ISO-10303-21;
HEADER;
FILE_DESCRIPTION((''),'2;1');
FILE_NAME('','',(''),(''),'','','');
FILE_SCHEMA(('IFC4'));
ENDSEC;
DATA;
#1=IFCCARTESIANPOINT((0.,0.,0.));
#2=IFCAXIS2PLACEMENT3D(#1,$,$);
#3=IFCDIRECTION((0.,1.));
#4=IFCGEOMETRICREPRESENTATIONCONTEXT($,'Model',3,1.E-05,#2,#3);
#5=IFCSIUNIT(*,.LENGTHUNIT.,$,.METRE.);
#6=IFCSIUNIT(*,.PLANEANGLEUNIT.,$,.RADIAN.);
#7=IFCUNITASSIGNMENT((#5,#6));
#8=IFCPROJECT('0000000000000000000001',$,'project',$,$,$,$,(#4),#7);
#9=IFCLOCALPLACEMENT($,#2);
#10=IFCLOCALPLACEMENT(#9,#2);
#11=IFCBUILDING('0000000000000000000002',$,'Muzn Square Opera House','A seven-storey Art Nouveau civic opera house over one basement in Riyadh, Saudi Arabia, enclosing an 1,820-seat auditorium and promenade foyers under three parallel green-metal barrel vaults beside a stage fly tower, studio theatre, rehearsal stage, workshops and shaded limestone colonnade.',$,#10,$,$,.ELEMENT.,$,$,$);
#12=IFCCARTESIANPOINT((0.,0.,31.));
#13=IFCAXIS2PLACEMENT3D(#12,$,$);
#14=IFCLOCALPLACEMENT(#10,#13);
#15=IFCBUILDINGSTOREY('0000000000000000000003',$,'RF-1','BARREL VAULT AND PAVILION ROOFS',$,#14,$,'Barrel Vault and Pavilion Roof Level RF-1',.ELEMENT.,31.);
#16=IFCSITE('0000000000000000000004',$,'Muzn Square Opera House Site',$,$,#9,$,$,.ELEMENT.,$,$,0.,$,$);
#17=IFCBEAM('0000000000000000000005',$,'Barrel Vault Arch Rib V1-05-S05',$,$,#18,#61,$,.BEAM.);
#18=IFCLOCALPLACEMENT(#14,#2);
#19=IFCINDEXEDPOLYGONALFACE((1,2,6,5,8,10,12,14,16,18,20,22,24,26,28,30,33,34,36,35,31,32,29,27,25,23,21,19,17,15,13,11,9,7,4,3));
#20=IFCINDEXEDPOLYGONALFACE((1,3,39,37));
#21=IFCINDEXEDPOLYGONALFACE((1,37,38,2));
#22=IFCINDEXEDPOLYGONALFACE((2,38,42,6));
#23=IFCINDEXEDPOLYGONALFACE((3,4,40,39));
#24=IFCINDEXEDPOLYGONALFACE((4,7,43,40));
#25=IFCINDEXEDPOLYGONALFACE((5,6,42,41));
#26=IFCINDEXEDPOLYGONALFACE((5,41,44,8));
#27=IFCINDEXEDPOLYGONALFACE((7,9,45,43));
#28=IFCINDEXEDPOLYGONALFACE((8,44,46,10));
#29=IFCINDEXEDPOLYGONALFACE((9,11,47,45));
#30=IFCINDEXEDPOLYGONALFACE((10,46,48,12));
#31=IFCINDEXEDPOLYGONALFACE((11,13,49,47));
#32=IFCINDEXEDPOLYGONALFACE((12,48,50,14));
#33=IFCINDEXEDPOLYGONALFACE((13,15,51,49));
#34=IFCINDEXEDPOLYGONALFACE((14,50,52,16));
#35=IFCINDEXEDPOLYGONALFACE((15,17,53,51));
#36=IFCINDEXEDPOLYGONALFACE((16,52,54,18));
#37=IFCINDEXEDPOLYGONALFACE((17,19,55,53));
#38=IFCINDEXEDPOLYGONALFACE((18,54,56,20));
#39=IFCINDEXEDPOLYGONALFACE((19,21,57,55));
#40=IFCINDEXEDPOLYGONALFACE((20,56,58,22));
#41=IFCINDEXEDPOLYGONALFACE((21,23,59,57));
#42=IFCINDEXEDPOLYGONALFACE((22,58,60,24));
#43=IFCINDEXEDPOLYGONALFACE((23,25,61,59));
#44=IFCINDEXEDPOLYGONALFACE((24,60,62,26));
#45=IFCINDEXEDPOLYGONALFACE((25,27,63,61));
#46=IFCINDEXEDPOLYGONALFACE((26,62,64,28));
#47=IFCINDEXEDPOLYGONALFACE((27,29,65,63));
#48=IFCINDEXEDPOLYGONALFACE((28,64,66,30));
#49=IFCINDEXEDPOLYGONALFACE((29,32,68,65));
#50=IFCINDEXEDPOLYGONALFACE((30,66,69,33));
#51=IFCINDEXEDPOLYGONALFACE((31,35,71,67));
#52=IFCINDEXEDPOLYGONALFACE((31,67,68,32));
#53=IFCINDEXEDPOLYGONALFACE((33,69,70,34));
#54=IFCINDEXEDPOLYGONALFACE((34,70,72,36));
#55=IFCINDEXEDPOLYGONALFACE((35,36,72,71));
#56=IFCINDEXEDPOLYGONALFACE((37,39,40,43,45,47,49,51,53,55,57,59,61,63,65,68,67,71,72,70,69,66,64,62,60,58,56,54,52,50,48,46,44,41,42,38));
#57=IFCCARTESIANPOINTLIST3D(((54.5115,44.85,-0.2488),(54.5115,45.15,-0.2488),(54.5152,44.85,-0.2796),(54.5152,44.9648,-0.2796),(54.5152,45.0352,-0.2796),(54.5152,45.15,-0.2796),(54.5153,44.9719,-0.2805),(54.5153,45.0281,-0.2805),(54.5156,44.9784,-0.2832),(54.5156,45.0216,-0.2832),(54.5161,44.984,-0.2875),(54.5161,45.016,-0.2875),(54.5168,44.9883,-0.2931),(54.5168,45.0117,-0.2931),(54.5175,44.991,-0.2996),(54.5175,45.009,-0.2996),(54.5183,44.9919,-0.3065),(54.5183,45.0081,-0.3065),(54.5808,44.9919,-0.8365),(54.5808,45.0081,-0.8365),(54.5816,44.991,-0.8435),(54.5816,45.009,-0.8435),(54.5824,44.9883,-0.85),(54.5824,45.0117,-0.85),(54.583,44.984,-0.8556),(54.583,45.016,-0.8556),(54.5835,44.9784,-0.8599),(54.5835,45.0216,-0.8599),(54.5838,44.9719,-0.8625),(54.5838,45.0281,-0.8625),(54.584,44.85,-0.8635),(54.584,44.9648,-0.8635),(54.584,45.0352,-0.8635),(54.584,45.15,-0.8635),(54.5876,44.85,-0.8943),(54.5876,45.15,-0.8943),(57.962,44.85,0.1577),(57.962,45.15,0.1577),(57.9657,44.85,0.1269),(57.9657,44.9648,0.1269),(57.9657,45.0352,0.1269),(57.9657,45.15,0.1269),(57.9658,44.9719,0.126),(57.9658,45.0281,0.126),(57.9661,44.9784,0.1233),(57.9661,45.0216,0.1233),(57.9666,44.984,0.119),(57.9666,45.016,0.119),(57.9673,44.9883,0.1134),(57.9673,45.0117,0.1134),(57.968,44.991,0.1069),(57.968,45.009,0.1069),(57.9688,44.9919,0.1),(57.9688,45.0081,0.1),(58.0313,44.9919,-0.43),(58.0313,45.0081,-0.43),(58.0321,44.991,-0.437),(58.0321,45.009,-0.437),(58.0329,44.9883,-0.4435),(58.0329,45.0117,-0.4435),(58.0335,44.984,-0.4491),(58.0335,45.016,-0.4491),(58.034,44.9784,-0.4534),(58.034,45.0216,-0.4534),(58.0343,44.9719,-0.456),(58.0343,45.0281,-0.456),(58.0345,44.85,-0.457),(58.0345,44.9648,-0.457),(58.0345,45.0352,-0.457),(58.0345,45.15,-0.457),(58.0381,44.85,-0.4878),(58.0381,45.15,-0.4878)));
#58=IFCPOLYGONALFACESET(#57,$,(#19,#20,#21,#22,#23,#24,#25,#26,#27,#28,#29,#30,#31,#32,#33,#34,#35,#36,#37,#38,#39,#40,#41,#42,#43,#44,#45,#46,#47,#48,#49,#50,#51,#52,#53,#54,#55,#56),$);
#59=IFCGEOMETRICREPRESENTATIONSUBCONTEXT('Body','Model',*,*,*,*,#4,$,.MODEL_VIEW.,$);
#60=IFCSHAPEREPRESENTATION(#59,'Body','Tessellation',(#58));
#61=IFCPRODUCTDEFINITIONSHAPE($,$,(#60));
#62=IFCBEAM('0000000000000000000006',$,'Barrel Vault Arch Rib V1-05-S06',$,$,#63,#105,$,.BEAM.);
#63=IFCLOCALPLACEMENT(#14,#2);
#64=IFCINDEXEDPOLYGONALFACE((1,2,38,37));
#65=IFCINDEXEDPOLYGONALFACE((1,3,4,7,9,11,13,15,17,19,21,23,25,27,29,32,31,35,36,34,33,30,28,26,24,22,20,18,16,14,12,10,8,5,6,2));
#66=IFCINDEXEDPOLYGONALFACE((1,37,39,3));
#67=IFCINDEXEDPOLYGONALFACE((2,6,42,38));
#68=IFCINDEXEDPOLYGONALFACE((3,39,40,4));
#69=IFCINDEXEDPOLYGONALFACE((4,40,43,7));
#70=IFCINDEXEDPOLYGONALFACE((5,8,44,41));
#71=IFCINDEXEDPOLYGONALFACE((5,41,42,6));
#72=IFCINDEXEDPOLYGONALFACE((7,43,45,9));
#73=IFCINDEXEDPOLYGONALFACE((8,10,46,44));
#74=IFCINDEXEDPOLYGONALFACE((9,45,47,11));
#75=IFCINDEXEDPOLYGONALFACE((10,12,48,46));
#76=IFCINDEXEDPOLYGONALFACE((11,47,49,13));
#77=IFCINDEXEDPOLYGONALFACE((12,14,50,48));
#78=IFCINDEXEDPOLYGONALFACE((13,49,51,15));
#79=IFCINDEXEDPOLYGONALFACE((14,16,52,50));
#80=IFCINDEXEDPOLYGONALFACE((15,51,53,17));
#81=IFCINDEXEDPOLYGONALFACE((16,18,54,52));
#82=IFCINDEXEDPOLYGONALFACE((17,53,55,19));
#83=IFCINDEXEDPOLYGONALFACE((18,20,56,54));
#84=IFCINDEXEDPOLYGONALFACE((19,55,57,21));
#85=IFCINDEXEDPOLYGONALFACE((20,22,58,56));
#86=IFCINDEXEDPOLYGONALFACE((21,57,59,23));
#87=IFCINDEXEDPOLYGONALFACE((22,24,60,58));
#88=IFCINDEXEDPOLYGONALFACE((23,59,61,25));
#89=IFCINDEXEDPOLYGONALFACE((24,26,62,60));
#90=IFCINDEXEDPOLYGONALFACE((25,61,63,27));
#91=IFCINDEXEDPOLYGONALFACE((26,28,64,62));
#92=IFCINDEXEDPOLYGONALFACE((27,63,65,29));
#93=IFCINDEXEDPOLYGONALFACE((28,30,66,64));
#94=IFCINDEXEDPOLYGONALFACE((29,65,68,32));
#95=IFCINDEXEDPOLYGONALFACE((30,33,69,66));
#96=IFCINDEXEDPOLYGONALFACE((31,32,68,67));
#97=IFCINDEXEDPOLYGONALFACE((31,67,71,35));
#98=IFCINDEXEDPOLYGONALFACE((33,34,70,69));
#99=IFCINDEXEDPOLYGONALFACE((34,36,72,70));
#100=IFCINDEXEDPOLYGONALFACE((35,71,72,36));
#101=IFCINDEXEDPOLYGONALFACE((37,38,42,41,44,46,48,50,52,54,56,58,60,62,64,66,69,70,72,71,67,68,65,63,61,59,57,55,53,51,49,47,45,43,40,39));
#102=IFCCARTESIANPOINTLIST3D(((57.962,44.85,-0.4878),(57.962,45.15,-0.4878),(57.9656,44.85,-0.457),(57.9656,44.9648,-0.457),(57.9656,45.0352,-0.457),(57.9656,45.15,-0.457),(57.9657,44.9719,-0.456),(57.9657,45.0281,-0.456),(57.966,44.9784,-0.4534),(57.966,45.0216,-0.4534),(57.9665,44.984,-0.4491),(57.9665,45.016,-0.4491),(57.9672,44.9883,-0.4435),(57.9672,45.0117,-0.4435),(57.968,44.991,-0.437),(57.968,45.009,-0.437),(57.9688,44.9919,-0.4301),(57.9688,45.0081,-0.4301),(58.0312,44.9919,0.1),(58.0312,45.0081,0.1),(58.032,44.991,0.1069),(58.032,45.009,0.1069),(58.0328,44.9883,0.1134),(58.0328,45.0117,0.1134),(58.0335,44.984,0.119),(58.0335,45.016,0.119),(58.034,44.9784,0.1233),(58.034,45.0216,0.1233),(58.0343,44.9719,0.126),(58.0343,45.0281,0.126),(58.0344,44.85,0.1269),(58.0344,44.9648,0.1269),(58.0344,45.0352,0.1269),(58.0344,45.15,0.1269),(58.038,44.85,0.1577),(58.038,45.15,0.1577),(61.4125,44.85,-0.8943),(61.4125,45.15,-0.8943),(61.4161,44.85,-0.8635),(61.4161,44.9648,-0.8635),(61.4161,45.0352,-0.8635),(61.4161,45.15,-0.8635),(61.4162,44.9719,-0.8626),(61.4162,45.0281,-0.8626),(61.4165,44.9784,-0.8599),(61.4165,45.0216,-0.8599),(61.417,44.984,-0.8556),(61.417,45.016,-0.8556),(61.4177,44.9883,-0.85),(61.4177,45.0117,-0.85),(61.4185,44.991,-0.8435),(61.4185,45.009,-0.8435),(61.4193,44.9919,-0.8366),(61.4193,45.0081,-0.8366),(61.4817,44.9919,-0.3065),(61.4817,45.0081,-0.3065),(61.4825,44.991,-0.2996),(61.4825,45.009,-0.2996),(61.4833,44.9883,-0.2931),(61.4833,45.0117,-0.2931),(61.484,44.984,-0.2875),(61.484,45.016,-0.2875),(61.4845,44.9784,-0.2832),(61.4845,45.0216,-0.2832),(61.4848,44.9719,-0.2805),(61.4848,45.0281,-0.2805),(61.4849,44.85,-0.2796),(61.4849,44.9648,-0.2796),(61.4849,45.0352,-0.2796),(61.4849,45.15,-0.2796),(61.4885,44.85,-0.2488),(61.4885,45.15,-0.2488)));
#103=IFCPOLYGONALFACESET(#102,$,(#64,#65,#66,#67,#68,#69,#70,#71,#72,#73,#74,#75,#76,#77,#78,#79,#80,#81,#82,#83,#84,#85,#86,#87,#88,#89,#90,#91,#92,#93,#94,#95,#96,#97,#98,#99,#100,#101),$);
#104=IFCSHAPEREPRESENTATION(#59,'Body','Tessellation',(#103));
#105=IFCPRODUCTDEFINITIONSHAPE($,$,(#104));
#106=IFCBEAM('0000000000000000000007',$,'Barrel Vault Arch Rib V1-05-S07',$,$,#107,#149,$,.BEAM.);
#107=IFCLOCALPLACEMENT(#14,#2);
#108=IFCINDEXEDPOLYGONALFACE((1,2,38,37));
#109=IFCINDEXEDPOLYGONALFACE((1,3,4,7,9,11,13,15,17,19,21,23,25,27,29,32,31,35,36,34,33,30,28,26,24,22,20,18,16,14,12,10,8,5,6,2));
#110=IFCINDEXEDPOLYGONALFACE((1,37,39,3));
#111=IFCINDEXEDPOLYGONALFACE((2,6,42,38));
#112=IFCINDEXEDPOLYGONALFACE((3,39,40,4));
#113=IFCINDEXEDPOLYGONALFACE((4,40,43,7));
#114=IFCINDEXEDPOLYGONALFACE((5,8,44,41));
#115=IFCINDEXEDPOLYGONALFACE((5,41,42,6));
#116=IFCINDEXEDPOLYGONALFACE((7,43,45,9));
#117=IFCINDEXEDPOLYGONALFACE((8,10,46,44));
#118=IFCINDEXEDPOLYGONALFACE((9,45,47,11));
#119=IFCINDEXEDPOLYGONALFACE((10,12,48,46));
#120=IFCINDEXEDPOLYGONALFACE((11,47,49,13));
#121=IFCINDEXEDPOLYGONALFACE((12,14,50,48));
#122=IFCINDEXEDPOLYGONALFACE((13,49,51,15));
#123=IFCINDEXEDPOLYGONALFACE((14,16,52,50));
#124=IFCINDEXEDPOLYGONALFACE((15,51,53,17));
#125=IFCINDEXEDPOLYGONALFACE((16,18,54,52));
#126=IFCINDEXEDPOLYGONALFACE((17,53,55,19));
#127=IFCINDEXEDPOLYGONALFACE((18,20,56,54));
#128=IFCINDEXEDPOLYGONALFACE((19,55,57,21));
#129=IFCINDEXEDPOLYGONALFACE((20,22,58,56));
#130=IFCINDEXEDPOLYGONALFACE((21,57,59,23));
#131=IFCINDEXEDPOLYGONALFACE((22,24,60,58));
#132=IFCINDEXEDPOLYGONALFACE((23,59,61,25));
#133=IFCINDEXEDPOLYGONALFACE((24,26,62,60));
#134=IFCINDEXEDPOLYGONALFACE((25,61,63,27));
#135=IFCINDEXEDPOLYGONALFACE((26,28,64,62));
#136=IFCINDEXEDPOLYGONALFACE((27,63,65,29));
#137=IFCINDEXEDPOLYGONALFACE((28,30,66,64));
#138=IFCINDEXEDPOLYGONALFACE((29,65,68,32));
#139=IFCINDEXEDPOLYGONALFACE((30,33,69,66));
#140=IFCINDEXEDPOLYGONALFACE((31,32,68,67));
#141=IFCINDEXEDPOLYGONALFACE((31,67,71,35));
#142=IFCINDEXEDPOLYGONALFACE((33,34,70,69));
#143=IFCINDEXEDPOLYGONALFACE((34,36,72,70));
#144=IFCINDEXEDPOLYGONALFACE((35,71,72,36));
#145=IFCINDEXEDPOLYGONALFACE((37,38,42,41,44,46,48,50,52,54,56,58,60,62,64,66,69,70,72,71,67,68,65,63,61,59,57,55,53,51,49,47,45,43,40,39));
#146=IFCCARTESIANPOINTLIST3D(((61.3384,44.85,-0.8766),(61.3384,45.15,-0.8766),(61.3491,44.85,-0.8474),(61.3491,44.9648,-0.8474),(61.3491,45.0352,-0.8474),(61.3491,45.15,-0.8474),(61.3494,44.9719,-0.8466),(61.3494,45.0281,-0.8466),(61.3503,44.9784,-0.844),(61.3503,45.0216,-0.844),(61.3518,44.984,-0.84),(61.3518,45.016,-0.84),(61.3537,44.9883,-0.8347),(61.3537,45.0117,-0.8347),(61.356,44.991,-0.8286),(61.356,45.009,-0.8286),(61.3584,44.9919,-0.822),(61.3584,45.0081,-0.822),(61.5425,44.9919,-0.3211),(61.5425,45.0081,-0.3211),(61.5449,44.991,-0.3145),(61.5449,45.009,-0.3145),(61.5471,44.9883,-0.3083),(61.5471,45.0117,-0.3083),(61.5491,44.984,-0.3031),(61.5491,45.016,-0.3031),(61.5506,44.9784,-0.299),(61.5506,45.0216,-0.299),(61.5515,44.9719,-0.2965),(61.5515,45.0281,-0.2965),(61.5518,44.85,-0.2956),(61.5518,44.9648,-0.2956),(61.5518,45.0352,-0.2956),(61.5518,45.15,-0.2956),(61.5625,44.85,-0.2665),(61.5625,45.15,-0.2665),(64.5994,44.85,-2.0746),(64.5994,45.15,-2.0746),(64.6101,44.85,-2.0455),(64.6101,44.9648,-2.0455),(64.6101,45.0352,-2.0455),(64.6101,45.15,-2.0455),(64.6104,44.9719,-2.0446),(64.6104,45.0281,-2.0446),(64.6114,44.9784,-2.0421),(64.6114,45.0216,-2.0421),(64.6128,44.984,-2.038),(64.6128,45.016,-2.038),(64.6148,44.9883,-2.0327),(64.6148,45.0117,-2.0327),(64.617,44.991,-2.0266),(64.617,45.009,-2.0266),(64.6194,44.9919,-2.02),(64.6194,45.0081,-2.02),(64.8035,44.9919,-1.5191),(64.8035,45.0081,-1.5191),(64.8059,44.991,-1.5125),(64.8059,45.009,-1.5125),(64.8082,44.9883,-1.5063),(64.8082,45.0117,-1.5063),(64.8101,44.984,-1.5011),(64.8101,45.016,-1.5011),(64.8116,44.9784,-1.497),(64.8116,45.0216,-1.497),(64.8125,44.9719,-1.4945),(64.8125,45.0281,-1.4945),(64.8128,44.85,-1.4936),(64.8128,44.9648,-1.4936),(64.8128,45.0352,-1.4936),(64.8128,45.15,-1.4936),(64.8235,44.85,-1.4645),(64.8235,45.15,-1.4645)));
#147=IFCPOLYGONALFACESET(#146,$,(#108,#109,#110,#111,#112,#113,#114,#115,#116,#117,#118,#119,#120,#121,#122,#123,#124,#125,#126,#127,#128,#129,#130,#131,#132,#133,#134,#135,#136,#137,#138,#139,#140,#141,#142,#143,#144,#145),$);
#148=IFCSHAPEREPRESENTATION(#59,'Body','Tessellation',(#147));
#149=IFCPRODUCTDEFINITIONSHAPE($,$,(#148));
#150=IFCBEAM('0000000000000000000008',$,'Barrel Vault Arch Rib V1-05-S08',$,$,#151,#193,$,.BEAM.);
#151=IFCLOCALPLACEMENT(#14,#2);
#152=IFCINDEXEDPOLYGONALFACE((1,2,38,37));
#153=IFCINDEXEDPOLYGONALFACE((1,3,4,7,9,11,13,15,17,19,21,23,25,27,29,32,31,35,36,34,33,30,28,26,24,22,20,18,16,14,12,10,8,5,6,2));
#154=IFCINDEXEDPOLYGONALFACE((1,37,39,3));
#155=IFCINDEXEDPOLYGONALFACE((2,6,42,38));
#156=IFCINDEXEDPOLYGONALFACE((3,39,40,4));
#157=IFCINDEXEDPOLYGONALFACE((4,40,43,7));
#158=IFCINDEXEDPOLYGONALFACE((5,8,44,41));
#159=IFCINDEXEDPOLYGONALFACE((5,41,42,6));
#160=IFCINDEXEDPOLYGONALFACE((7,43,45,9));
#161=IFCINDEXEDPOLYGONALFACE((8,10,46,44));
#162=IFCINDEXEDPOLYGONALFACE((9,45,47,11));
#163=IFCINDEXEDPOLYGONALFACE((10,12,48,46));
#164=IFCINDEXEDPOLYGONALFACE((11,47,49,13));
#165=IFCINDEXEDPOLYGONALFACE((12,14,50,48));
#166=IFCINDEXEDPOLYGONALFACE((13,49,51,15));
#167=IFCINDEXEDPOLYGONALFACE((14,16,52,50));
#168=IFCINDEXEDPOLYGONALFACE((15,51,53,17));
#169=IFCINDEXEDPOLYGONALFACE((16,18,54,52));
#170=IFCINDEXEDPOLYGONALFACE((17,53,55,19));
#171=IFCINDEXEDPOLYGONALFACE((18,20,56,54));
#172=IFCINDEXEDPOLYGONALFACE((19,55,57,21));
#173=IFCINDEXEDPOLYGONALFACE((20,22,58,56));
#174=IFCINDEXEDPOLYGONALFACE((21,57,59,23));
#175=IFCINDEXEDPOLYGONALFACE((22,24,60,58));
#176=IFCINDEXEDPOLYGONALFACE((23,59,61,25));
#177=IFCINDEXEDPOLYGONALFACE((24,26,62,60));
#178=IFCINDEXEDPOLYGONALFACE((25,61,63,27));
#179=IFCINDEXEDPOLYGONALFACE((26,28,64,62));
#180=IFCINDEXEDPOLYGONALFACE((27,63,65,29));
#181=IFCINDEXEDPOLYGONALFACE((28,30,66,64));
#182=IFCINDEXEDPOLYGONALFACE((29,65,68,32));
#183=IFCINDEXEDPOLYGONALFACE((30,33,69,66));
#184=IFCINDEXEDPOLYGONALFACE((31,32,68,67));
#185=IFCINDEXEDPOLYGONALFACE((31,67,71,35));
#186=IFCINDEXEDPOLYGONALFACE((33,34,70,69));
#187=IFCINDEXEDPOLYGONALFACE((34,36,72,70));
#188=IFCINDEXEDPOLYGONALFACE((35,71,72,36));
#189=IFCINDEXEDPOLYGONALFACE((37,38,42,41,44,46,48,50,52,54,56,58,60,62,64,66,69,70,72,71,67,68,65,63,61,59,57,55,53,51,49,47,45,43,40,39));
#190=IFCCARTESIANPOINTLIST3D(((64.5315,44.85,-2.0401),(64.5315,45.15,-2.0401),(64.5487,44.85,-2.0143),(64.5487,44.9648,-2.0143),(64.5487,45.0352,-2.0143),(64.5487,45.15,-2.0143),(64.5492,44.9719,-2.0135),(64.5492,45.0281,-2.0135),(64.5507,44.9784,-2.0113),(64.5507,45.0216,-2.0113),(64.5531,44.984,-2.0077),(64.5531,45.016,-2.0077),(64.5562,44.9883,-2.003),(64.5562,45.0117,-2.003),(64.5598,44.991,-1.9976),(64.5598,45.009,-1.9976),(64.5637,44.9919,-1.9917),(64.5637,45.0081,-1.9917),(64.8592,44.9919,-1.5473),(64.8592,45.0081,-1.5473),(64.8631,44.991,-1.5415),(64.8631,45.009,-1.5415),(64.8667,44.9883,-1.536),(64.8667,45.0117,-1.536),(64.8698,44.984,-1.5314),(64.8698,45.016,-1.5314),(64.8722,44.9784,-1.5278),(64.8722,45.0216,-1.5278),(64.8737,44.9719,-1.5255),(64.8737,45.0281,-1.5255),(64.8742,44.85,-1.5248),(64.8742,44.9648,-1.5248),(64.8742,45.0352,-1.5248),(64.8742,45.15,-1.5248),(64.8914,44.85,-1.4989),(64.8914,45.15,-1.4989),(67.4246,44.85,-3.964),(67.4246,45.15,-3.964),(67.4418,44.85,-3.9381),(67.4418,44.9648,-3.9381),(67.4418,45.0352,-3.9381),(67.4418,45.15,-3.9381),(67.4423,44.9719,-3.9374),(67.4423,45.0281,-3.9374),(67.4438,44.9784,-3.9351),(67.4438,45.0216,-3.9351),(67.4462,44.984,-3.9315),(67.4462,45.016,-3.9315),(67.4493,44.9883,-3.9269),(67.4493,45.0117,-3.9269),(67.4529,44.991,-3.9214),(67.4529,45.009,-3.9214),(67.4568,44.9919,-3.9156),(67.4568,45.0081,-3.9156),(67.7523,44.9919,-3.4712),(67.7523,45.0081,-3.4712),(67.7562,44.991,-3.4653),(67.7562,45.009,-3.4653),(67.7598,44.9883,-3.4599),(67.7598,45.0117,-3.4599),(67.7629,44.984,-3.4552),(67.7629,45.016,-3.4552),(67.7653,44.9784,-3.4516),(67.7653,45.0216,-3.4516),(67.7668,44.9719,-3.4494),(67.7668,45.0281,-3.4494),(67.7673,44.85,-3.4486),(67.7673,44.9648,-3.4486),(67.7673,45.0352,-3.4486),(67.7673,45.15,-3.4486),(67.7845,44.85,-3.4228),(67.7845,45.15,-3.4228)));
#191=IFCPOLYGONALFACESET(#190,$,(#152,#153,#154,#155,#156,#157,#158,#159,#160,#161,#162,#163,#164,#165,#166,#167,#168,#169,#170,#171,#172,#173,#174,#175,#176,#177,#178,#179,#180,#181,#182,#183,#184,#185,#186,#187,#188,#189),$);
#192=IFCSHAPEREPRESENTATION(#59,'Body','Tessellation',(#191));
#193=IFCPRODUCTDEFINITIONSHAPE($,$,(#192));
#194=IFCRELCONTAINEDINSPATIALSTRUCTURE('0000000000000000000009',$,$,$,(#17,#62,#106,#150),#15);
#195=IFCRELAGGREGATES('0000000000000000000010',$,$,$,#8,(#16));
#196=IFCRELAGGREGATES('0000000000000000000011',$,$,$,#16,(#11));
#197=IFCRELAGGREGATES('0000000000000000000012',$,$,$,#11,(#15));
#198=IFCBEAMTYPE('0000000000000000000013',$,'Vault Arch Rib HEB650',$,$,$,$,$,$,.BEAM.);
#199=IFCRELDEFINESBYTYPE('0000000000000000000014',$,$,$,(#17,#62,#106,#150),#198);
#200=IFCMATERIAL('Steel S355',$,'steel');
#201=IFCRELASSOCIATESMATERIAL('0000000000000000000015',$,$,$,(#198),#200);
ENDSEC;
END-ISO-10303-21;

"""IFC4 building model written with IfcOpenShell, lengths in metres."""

from ifc_helpers import new_model, si_unit, direction, frame, origin, origin_2d, place, context, subcontext, project, spatial, i_section, extrude, material, material_profile, profile_set, type_object, element, save


model = new_model("IFC4")

# Units and contexts
model_context = context("Model", 3, precision=1e-05, world=origin(), true_north=direction((0.0, 1.0)))
body_context = subcontext(model_context, "Body", "Model", "MODEL_VIEW")
ifc_project = project(units=[si_unit("LENGTHUNIT", "METRE"), si_unit("PLANEANGLEUNIT", "RADIAN")], contexts=[model_context])

# Site, building, storey
site_placement = place(None, origin())
site = spatial("IfcSite", under=ifc_project, at=site_placement, Name="Muzn Square Opera House Site", CompositionType="ELEMENT", RefElevation=0.0)
building_placement = place(site_placement, origin())
building = spatial("IfcBuilding", under=site, at=building_placement, Name="Muzn Square Opera House", Description="A seven-storey Art Nouveau civic opera house over one basement in Riyadh, Saudi Arabia, enclosing an 1,820-seat auditorium and promenade foyers under three parallel green-metal barrel vaults beside a stage fly tower, studio theatre, rehearsal stage, workshops and shaded limestone colonnade.", CompositionType="ELEMENT")
storey_placement = place(building_placement, frame((0.0, 0.0, 31.0)))
storey = spatial("IfcBuildingStorey", under=building, at=storey_placement, Name="RF-1", Description="BARREL VAULT AND PAVILION ROOFS", LongName="Barrel Vault and Pavilion Roof Level RF-1", CompositionType="ELEMENT", Elevation=31.0)

# Beams
ifc_material_1 = material(Name="Steel S355", Category="steel")
ifc_material_profile_1 = material_profile(ifc_material_1, i_section(OverallWidth=0.3, OverallDepth=0.6499, WebThickness=0.0161, FlangeThickness=0.031, FilletRadius=0.0271, at=origin_2d()), Name="HEB 650", Category="steel")
ifc_profile_set_1 = profile_set([ifc_material_profile_1], Name="Steel S355")
beam_type_1 = type_object("IfcBeamType", Name="Vault Arch Rib HEB650", PredefinedType="BEAM", material=ifc_profile_set_1)
for number, where, z_axis, x_axis, name in (
    (1, (54.5496, 45.0, -0.5715), (0.993132, 0.0, 0.117), (0.0, 1.0, 0.0), "Barrel Vault Arch Rib V1-05-S05"),
    (2, (58.0, 45.0, -0.165), (0.993132, 0.0, -0.117), (0.0, 1.0, 0.0), "Barrel Vault Arch Rib V1-05-S06"),
):
    element("IfcBeam", number, at=place(storey_placement, frame(where, z_axis=z_axis, x_axis=x_axis)), inside=storey, type_object=beam_type_1, Name=name, PredefinedType="BEAM", context=body_context, shape_type="SweptSolid", body=[
        extrude(i_section(OverallWidth=0.3, OverallDepth=0.6499, WebThickness=0.0161, FlangeThickness=0.031, FilletRadius=0.0271, at=origin_2d()), origin(), (0.0, 0.0, 1.0), 3.4744),
    ])
beam_1_placement = place(storey_placement, frame((61.4504, 45.0, -0.5715), z_axis=(0.938662, 0.0, -0.344839), x_axis=(0.0, 1.0, 0.0)))
element("IfcBeam", 3, at=beam_1_placement, inside=storey, type_object=beam_type_1, Name="Barrel Vault Arch Rib V1-05-S07", PredefinedType="BEAM", context=body_context, shape_type="SweptSolid", body=[
    extrude(i_section(OverallWidth=0.3, OverallDepth=0.6499, WebThickness=0.0161, FlangeThickness=0.031, FilletRadius=0.0271, at=origin_2d()), origin(), (0.0, 0.0, 1.0), 3.4741),
])
for number, where, z_axis, x_axis, name in (
    (4, (64.7114, 45.0, -1.7695), (0.832698, 0.0, -0.553727), (0.0, 1.0, 0.0), "Barrel Vault Arch Rib V1-05-S08"),
):
    element("IfcBeam", number, at=place(storey_placement, frame(where, z_axis=z_axis, x_axis=x_axis)), inside=storey, type_object=beam_type_1, Name=name, PredefinedType="BEAM", context=body_context, shape_type="SweptSolid", body=[
        extrude(i_section(OverallWidth=0.3, OverallDepth=0.6499, WebThickness=0.0161, FlangeThickness=0.031, FilletRadius=0.0271, at=origin_2d()), origin(), (0.0, 0.0, 1.0), 3.4744),
    ])

save(model, "model.ifc")
